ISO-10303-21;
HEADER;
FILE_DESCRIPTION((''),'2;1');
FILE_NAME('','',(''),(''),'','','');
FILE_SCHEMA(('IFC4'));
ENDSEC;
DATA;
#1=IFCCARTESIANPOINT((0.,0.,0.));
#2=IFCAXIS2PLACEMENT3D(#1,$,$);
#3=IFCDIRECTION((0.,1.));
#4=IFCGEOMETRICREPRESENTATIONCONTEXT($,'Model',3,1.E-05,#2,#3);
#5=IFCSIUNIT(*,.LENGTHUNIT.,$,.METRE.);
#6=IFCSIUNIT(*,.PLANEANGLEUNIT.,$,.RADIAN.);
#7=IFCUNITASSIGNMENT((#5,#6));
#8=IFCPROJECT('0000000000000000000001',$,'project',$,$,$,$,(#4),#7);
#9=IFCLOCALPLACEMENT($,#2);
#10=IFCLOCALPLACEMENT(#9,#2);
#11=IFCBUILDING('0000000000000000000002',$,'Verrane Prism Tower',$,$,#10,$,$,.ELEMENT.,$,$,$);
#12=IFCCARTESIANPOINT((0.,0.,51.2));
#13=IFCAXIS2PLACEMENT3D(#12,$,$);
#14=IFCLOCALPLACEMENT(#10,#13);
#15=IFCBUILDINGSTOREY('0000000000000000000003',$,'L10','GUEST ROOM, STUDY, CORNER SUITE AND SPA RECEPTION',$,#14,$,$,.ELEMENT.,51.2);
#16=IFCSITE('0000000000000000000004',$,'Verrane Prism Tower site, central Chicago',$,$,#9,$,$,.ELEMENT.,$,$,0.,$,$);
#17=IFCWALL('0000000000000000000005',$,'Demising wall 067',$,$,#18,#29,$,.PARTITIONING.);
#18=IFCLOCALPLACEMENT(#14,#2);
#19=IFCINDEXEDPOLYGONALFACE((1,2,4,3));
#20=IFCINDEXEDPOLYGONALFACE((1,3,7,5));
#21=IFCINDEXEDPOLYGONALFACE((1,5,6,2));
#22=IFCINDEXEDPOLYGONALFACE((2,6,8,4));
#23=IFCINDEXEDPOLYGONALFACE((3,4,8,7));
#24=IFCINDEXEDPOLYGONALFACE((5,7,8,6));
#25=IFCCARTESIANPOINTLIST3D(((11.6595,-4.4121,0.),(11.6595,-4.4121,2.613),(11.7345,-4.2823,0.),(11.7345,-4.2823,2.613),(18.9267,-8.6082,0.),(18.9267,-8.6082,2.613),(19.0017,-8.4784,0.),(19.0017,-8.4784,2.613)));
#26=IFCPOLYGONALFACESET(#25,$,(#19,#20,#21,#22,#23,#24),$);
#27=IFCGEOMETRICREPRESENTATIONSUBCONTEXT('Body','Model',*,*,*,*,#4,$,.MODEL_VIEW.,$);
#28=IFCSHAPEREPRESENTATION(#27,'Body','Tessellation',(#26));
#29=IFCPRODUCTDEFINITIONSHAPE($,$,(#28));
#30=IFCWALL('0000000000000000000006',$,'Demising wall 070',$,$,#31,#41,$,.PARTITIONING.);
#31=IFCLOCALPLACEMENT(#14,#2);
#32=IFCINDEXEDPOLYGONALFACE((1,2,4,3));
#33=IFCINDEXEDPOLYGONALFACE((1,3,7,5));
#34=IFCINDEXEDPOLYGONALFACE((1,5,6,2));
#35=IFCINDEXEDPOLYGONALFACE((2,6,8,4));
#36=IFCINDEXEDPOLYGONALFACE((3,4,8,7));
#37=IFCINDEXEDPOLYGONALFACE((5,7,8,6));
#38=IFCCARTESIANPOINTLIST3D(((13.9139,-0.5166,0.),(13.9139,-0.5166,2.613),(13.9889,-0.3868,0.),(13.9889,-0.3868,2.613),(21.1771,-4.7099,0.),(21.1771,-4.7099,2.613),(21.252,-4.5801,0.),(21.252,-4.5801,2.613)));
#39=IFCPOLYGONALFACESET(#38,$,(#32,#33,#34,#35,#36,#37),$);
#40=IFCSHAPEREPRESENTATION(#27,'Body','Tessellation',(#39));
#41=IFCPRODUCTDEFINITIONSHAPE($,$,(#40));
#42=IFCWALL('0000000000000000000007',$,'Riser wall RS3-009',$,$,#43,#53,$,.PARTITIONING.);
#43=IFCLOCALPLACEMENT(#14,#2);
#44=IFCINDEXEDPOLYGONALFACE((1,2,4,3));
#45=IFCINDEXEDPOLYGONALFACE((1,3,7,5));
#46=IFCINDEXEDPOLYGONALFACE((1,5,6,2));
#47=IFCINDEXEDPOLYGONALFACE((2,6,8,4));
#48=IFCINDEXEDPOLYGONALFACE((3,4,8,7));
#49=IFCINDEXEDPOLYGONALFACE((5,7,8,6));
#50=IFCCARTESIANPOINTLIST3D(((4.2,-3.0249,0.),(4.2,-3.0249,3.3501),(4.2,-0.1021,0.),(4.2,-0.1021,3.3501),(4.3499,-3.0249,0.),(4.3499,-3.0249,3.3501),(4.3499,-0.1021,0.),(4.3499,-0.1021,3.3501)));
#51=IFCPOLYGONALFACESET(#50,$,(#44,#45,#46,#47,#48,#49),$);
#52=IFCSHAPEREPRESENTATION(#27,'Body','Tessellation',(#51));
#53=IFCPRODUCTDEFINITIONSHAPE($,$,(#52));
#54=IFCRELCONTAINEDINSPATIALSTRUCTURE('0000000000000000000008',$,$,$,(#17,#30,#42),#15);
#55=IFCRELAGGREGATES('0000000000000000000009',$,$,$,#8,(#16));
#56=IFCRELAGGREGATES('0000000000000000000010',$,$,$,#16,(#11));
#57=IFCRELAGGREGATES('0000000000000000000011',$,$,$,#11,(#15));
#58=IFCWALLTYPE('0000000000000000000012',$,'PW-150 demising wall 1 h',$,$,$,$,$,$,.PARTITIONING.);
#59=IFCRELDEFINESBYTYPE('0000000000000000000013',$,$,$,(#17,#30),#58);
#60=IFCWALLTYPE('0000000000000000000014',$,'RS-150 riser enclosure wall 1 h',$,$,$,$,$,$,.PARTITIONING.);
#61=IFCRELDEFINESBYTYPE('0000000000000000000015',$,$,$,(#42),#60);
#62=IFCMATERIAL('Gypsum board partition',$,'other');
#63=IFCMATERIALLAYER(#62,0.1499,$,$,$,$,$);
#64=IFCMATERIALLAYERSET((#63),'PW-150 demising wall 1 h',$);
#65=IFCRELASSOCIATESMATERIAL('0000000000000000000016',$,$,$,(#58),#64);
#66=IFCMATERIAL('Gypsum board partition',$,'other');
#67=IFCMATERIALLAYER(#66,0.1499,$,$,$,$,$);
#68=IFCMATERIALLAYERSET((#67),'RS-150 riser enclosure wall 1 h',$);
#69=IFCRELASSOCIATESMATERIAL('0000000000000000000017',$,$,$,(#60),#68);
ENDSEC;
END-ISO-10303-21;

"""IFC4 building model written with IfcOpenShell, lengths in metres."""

from ifc_helpers import new_model, si_unit, direction, frame, frame_2d, origin, place, context, subcontext, project, spatial, rectangle, extrude, material, layer, layer_set, type_object, element, save


model = new_model("IFC4")

# Units and contexts
model_context = context("Model", 3, precision=1e-05, world=origin(), true_north=direction((0.0, 1.0)))
body_context = subcontext(model_context, "Body", "Model", "MODEL_VIEW")
ifc_project = project(units=[si_unit("LENGTHUNIT", "METRE"), si_unit("PLANEANGLEUNIT", "RADIAN")], contexts=[model_context])

# Site, building, storey
site_placement = place(None, origin())
site = spatial("IfcSite", under=ifc_project, at=site_placement, Name="Verrane Prism Tower site, central Chicago", CompositionType="ELEMENT", RefElevation=0.0)
building_placement = place(site_placement, origin())
building = spatial("IfcBuilding", under=site, at=building_placement, Name="Verrane Prism Tower", CompositionType="ELEMENT")
storey_placement = place(building_placement, frame((0.0, 0.0, 51.2)))
storey = spatial("IfcBuildingStorey", under=building, at=storey_placement, Name="L10", Description="GUEST ROOM, STUDY, CORNER SUITE AND SPA RECEPTION", CompositionType="ELEMENT", Elevation=51.2)

# Walls
ifc_material_1 = material(Name="Gypsum board partition", Category="other")
ifc_layer_1 = layer(ifc_material_1, 0.1499)
ifc_layer_set_1 = layer_set([ifc_layer_1], Name="PW-150 demising wall 1 h")
wall_type_1 = type_object("IfcWallType", Name="PW-150 demising wall 1 h", PredefinedType="PARTITIONING", material=ifc_layer_set_1)
wall_1_placement = place(storey_placement, frame((11.697, -4.3472, 0.0), z_axis=(0.0, 0.0, 1.0), x_axis=(0.866005, -0.500035, 0.0)))
element("IfcWall", 1, at=wall_1_placement, inside=storey, type_object=wall_type_1, Name="Demising wall 067", PredefinedType="PARTITIONING", context=body_context, shape_type="SweptSolid", body=[
    extrude(rectangle(XDim=8.3916, YDim=0.1499, at=frame_2d((4.1958, 0.0))), origin(), (0.0, 0.0, 1.0), 2.613),
])
wall_2_placement = place(storey_placement, frame((13.9514, -0.4517, 0.0), z_axis=(0.0, 0.0, 1.0), x_axis=(0.866028, -0.499996, 0.0)))
element("IfcWall", 2, at=wall_2_placement, inside=storey, type_object=wall_type_1, Name="Demising wall 070", PredefinedType="PARTITIONING", context=body_context, shape_type="SweptSolid", body=[
    extrude(rectangle(XDim=8.3867, YDim=0.1499, at=frame_2d((4.1934, 0.0))), origin(), (0.0, 0.0, 1.0), 2.613),
])
ifc_material_2 = material(Name="Gypsum board partition", Category="other")
ifc_layer_2 = layer(ifc_material_2, 0.1499)
ifc_layer_set_2 = layer_set([ifc_layer_2], Name="RS-150 riser enclosure wall 1 h")
wall_type_2 = type_object("IfcWallType", Name="RS-150 riser enclosure wall 1 h", PredefinedType="PARTITIONING", material=ifc_layer_set_2)
wall_3_placement = place(storey_placement, frame((4.2749, -3.0249, 0.0), z_axis=(0.0, 0.0, 1.0), x_axis=(0.0, 1.0, 0.0)))
element("IfcWall", 3, at=wall_3_placement, inside=storey, type_object=wall_type_2, Name="Riser wall RS3-009", PredefinedType="PARTITIONING", context=body_context, shape_type="SweptSolid", body=[
    extrude(rectangle(XDim=2.9229, YDim=0.1499, at=frame_2d((1.4614, 0.0))), origin(), (0.0, 0.0, 1.0), 3.3501),
])

save(model, "model.ifc")
